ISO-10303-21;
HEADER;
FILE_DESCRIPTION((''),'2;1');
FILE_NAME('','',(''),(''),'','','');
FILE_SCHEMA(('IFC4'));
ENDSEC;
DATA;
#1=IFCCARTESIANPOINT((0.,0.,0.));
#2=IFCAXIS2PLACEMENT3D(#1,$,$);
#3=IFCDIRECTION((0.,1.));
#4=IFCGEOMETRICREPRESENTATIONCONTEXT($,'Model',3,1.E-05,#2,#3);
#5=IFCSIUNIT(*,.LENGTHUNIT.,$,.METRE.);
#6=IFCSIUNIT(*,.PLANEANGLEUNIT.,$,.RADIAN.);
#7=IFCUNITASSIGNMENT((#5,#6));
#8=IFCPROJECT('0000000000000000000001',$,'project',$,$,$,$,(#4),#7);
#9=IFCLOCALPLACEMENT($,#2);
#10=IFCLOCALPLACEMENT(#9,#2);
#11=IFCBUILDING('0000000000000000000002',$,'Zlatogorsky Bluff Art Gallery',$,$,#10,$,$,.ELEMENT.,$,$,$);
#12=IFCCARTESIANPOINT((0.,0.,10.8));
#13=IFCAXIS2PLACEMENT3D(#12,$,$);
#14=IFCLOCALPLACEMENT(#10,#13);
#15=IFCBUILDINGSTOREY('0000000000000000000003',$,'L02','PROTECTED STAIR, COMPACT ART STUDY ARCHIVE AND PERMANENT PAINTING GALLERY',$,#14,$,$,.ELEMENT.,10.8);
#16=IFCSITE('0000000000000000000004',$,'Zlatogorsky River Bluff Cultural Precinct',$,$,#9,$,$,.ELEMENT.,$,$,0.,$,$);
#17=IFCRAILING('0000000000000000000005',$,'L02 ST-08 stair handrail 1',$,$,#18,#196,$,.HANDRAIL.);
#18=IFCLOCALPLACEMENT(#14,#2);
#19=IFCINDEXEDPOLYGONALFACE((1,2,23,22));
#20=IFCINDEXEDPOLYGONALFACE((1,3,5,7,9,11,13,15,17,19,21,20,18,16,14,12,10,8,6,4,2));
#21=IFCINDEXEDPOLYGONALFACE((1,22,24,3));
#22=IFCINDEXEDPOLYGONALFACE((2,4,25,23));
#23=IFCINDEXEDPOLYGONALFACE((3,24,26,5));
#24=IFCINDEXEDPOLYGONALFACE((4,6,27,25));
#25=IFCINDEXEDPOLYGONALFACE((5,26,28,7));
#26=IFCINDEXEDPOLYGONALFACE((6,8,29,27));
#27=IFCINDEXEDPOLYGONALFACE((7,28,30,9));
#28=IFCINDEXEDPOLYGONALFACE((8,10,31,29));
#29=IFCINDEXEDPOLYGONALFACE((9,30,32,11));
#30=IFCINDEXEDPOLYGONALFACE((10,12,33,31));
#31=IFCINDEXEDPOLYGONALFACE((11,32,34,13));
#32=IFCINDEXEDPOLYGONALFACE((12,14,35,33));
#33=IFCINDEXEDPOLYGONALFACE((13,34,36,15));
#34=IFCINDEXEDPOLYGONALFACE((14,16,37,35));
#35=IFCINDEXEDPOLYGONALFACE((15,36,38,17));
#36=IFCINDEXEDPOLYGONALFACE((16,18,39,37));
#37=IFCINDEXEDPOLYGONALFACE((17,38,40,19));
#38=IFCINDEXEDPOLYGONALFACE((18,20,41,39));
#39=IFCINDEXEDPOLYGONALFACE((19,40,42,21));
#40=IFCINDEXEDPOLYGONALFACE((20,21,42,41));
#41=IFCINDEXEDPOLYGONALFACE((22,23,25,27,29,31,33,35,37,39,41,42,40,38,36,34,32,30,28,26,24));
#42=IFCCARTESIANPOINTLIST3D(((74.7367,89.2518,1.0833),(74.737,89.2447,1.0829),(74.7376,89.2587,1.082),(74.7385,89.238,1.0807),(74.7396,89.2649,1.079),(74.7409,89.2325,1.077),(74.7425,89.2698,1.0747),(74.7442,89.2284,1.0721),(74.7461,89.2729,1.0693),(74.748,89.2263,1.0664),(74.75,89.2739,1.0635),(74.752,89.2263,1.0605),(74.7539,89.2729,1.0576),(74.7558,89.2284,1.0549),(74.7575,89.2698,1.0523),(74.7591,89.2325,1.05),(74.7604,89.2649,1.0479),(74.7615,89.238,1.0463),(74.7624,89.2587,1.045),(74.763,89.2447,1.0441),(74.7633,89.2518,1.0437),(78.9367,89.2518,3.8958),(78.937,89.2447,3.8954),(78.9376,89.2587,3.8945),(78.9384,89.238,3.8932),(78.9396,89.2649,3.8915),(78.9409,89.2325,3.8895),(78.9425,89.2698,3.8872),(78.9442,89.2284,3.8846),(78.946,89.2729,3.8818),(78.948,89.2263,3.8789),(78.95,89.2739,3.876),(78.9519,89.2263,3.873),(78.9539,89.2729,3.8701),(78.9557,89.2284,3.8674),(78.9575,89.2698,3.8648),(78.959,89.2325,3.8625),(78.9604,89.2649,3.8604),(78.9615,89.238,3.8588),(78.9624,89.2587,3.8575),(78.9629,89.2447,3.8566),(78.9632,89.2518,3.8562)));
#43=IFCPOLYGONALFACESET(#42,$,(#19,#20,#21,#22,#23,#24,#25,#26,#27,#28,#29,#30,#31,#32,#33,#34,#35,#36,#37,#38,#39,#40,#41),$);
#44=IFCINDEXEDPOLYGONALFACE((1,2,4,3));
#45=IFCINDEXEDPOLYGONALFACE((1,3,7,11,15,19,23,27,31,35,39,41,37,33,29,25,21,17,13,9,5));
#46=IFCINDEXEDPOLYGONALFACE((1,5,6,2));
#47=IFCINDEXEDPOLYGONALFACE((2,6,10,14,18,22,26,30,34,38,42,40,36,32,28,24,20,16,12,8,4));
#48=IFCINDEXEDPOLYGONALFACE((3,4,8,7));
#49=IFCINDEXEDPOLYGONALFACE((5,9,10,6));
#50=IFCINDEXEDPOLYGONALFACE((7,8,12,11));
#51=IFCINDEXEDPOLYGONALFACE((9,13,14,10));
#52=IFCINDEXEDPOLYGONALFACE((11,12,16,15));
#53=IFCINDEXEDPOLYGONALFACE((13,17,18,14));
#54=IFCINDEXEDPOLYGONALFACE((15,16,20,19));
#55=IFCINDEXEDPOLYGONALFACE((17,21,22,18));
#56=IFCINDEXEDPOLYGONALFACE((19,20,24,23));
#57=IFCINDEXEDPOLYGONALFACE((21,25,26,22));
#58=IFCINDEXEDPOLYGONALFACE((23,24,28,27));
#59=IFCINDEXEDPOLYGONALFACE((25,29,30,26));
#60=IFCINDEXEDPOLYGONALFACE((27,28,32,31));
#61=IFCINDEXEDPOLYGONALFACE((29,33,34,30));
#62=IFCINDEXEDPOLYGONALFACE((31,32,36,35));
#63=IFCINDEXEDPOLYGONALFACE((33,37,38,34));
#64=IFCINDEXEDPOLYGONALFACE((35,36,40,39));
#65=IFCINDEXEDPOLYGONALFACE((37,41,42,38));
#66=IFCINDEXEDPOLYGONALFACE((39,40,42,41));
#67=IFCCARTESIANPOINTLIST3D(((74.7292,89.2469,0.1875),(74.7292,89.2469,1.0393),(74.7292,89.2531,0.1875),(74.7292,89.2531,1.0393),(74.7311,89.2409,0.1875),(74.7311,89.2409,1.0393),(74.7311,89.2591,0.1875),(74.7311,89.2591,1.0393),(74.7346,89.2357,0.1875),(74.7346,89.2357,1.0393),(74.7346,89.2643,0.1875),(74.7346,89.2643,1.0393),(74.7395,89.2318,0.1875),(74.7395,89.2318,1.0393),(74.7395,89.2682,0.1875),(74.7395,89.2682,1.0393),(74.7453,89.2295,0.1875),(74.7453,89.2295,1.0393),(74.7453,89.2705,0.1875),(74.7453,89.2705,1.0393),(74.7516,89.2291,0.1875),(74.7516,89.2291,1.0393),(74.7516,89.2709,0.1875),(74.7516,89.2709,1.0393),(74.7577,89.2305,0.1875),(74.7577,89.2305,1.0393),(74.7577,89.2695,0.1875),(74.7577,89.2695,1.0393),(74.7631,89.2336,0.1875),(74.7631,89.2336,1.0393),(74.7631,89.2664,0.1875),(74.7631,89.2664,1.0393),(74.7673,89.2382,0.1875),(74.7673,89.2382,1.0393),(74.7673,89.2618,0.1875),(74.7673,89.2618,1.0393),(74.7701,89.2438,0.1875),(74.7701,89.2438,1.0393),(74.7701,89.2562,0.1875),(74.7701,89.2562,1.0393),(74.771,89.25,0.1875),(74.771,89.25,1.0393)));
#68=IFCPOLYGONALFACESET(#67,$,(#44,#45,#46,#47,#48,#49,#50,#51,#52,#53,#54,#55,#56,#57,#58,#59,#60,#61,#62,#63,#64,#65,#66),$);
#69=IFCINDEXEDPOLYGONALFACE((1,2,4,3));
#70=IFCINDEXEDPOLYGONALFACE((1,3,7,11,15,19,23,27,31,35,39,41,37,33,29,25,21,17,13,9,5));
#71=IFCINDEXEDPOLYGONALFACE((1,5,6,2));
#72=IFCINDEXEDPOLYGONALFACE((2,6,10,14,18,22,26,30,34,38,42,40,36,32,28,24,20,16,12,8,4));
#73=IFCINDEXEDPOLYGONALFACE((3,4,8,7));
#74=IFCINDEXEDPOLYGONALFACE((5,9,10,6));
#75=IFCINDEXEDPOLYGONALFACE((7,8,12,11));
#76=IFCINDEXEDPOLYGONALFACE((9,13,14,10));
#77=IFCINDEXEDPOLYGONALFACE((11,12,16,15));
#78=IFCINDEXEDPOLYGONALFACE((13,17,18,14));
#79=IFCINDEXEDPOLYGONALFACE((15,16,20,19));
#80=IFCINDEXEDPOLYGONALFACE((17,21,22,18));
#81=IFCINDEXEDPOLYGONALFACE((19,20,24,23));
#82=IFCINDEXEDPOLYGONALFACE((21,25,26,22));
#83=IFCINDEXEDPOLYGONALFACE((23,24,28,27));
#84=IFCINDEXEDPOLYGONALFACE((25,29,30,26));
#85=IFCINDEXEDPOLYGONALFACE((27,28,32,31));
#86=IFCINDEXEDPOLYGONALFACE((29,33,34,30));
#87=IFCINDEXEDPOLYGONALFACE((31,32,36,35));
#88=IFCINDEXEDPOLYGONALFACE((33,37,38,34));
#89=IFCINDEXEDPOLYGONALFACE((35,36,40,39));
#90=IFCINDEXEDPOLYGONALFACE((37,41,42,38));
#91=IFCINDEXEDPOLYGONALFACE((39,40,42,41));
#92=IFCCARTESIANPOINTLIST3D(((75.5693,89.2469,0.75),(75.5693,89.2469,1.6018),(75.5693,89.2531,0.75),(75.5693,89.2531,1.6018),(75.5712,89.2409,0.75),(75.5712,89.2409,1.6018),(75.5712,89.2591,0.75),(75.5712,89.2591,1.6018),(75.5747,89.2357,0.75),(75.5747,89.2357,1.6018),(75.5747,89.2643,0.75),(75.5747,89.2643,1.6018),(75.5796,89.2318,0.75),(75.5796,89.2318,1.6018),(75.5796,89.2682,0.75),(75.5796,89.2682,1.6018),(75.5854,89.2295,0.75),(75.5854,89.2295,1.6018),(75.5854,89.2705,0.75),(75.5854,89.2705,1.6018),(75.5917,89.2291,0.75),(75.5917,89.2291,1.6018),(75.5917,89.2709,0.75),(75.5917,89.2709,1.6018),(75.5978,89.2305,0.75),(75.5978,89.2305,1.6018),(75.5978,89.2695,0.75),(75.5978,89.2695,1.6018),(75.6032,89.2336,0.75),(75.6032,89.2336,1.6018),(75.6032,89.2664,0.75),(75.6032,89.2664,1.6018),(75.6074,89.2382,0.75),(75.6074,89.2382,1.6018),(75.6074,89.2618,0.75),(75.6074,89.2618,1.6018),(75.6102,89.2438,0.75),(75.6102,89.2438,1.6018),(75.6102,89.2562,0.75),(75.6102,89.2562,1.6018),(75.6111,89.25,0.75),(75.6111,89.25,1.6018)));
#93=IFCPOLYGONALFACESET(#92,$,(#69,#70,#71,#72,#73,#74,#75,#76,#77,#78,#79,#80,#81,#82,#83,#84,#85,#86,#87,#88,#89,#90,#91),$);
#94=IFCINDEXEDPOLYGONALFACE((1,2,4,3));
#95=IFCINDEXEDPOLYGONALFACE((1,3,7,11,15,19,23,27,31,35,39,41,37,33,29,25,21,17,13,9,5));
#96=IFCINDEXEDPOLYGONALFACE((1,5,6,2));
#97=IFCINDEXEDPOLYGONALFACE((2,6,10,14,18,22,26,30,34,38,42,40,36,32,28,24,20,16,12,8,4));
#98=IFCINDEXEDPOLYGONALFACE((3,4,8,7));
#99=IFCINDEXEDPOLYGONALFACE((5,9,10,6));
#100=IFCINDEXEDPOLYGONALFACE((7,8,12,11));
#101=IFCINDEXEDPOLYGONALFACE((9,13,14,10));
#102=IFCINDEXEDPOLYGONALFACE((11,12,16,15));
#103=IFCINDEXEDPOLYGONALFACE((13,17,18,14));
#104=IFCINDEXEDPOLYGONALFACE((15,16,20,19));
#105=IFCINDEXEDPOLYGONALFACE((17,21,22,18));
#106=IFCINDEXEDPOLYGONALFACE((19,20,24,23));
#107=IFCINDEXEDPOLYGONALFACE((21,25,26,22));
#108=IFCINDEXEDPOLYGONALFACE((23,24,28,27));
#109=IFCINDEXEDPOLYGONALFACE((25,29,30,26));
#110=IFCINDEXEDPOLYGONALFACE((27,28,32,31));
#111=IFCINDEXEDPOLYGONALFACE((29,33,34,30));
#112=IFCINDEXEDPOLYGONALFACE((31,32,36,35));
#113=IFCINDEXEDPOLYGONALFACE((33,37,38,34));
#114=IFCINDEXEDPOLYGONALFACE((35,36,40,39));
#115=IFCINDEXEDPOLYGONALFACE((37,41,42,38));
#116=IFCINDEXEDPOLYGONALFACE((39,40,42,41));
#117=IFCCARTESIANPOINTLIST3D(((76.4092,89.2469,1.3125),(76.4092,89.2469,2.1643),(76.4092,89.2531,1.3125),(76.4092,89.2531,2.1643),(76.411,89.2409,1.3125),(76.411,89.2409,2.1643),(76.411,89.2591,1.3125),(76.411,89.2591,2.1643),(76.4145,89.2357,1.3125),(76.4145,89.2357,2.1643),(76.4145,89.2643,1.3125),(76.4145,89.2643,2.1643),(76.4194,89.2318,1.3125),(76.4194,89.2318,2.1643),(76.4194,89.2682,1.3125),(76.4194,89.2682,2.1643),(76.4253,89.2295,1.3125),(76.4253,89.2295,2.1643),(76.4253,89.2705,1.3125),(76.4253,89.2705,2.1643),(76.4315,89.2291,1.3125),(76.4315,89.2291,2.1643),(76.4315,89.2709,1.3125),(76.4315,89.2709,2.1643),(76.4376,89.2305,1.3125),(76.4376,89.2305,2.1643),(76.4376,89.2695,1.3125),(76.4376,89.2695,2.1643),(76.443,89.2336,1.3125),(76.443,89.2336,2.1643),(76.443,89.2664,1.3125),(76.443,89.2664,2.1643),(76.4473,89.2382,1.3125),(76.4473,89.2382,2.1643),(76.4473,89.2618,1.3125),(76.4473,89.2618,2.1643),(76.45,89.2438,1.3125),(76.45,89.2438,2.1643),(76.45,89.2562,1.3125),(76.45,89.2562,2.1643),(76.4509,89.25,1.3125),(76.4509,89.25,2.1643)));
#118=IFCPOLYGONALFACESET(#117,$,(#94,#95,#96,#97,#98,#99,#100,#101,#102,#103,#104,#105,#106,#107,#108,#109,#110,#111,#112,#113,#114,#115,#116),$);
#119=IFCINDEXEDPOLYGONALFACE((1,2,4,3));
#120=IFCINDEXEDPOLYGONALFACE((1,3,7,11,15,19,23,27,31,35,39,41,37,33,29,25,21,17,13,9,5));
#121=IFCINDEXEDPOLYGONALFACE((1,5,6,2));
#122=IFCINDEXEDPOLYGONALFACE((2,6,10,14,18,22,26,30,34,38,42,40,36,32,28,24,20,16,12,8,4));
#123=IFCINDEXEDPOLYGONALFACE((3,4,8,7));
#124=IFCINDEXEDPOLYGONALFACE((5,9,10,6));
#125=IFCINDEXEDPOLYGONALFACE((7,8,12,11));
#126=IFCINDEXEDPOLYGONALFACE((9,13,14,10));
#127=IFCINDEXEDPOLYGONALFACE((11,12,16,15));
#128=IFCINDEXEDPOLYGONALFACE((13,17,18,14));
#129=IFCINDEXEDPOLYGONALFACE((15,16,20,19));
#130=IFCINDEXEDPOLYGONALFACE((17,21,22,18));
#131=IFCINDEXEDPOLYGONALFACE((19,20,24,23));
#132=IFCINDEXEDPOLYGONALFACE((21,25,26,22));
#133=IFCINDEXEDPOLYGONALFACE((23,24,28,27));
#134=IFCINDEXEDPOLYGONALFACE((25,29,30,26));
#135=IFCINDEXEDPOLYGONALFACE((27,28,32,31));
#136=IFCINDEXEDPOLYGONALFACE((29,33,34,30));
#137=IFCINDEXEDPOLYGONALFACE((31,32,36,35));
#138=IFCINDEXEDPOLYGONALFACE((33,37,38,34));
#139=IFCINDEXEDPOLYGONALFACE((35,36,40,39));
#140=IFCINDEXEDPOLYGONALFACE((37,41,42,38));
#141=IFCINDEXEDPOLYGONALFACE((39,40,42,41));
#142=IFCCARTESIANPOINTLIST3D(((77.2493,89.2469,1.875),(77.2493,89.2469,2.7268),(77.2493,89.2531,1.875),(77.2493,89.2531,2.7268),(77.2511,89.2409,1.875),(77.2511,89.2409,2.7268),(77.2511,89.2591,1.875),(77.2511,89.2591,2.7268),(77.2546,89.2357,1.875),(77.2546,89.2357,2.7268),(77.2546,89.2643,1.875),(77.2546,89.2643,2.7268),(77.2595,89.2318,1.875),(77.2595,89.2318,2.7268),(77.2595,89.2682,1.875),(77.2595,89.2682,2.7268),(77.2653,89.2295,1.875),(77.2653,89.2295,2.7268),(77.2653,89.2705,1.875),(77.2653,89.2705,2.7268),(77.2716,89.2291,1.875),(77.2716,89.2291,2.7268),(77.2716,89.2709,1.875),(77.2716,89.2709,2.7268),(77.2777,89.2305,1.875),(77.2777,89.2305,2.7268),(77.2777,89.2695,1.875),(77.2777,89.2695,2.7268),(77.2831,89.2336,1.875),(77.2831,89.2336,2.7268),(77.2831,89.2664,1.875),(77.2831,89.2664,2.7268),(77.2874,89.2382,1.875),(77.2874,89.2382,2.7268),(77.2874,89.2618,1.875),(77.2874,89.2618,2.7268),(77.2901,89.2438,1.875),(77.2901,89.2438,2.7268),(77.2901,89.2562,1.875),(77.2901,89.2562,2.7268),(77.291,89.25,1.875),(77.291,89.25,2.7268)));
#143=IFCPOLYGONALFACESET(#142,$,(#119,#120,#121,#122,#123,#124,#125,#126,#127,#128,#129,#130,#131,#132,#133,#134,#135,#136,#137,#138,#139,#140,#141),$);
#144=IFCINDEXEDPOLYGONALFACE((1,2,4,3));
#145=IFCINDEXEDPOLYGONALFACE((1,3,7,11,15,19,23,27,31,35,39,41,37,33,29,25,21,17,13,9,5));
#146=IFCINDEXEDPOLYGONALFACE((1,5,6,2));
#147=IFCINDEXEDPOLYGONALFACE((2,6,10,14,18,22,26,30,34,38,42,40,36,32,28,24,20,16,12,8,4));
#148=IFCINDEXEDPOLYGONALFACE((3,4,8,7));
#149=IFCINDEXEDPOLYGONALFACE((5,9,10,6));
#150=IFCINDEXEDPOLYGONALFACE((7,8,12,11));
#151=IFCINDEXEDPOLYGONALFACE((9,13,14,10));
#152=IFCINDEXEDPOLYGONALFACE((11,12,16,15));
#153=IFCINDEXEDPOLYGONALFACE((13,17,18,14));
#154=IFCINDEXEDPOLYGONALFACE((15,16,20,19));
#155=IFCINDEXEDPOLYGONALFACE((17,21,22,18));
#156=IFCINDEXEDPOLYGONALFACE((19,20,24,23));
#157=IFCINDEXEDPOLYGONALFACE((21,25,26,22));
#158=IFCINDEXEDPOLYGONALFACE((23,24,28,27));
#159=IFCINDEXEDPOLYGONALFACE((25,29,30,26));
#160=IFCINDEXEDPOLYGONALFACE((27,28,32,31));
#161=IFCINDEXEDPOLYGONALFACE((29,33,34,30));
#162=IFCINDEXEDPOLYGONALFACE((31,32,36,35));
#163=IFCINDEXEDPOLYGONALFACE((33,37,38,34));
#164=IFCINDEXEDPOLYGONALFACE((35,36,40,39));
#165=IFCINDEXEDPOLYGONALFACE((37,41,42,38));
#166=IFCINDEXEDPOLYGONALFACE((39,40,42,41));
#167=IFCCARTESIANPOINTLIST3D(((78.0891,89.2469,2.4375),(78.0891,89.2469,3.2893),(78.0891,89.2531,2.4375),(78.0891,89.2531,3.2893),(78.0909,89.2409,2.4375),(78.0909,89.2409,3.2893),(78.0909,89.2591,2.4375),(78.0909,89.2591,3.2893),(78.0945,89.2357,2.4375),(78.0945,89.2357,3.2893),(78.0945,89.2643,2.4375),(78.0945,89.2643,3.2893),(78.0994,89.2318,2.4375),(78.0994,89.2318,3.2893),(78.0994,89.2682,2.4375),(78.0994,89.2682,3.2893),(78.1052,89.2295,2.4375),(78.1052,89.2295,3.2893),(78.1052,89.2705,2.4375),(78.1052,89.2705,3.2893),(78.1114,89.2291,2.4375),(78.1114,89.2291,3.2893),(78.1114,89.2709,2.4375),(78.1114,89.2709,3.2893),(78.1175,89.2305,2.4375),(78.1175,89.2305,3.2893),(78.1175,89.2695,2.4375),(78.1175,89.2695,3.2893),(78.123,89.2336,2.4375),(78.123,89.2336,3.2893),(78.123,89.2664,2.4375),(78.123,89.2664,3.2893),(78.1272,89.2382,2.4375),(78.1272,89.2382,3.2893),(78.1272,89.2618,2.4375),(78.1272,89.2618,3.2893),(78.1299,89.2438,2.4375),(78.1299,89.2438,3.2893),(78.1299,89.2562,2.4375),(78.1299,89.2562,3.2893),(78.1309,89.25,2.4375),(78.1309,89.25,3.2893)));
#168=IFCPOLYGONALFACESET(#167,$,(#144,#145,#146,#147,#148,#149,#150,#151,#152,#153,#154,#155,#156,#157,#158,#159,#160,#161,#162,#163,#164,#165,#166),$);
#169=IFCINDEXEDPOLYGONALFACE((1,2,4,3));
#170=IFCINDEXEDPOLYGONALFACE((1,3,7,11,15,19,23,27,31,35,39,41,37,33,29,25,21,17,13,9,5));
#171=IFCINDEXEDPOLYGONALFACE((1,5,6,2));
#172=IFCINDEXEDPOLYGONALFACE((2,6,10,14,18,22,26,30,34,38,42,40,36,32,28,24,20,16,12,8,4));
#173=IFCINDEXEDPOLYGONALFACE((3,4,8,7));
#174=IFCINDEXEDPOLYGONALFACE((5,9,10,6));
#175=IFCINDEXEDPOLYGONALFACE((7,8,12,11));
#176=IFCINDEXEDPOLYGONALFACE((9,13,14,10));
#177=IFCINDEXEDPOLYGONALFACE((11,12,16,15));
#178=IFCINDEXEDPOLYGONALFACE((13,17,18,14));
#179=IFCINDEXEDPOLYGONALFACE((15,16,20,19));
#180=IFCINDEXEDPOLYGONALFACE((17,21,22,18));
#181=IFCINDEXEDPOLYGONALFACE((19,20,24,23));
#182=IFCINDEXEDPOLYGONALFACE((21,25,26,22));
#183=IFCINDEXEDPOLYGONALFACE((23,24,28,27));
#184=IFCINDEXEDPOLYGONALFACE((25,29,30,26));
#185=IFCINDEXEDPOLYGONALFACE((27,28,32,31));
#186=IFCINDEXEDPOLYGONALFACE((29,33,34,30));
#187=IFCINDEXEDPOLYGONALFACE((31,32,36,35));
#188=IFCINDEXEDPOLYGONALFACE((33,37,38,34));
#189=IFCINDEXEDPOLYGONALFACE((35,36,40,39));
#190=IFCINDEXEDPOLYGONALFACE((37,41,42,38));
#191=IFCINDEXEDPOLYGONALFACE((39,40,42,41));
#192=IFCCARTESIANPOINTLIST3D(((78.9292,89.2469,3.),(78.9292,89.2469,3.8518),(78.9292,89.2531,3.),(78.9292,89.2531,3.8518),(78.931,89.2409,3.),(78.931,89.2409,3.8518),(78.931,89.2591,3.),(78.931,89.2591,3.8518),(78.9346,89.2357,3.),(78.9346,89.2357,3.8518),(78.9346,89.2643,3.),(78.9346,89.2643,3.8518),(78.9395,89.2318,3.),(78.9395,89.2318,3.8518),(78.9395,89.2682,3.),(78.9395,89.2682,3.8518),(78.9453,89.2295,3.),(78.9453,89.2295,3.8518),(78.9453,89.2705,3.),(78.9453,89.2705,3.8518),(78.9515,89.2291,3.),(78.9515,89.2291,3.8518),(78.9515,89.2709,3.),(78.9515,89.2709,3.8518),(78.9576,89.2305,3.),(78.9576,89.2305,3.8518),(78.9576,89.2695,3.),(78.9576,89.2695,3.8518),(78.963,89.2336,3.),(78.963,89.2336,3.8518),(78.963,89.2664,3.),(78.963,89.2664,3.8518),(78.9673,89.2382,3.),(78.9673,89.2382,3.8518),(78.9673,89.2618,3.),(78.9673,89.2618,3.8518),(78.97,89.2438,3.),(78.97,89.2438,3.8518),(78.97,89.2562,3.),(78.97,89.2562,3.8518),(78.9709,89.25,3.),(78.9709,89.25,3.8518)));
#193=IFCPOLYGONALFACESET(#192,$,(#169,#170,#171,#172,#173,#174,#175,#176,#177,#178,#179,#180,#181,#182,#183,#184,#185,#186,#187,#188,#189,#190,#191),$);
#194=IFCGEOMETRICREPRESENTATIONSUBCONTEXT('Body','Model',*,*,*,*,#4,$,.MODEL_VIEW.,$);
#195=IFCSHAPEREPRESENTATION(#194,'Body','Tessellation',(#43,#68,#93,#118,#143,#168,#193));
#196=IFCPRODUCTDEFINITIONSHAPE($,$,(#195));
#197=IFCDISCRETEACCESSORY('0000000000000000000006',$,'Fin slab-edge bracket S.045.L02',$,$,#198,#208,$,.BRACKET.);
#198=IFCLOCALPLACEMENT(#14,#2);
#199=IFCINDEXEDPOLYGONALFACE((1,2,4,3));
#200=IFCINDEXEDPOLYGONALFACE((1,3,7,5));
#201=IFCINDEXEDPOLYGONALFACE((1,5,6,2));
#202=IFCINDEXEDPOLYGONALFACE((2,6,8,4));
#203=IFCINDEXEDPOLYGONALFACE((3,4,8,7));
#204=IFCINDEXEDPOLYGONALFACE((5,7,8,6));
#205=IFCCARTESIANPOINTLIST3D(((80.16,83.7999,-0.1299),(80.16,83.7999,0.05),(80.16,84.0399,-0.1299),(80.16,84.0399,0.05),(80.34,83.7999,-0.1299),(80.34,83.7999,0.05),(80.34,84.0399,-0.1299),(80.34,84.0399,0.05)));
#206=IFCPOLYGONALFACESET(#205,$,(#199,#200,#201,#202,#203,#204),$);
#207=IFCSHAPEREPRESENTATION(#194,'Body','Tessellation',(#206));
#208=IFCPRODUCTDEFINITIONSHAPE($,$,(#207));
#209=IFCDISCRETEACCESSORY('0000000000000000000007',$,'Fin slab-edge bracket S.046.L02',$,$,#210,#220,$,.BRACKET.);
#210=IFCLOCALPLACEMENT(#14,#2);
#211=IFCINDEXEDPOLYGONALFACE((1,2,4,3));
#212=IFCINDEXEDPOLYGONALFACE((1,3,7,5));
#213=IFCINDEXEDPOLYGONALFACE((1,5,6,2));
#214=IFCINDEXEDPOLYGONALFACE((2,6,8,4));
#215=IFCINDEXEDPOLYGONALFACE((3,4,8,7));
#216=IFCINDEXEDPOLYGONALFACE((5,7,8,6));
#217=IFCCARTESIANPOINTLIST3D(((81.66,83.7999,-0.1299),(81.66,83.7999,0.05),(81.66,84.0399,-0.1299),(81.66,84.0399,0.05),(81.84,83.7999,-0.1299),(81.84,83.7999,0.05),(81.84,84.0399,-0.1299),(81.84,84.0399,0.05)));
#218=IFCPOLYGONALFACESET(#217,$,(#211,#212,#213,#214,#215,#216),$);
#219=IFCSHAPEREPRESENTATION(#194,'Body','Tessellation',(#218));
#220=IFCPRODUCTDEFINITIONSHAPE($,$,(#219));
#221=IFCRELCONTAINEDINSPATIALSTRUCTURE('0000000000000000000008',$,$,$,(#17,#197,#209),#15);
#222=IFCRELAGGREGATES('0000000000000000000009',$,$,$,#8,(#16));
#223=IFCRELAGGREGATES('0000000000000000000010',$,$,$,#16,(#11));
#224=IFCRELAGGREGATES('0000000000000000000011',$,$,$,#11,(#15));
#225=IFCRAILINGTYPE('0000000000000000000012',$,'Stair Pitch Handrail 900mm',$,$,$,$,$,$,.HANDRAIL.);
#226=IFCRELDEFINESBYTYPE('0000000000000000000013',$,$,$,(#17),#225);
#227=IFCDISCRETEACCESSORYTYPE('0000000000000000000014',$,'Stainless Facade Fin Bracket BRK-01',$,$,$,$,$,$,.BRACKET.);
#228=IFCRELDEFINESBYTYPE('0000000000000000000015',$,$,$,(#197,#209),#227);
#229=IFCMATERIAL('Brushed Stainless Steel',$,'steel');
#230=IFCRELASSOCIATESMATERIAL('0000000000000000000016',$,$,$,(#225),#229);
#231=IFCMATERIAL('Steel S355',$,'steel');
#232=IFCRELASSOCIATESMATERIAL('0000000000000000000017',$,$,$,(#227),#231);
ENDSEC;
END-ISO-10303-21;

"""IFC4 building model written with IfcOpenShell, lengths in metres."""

from ifc_helpers import new_model, si_unit, direction, frame, origin, origin_2d, place, context, subcontext, project, spatial, rectangle, circle, extrude, material, type_object, element, save


model = new_model("IFC4")

# Units and contexts
model_context = context("Model", 3, precision=1e-05, world=origin(), true_north=direction((0.0, 1.0)))
body_context = subcontext(model_context, "Body", "Model", "MODEL_VIEW")
ifc_project = project(units=[si_unit("LENGTHUNIT", "METRE"), si_unit("PLANEANGLEUNIT", "RADIAN")], contexts=[model_context])

# Site, building, storey
site_placement = place(None, origin())
site = spatial("IfcSite", under=ifc_project, at=site_placement, Name="Zlatogorsky River Bluff Cultural Precinct", CompositionType="ELEMENT", RefElevation=0.0)
building_placement = place(site_placement, origin())
building = spatial("IfcBuilding", under=site, at=building_placement, Name="Zlatogorsky Bluff Art Gallery", CompositionType="ELEMENT")
storey_placement = place(building_placement, frame((0.0, 0.0, 10.8)))
storey = spatial("IfcBuildingStorey", under=building, at=storey_placement, Name="L02", Description="PROTECTED STAIR, COMPACT ART STUDY ARCHIVE AND PERMANENT PAINTING GALLERY", CompositionType="ELEMENT", Elevation=10.8)

# Shared definitions
ifc_material_1 = material(Name="Steel S355", Category="steel")

# Railing
ifc_material_2 = material(Name="Brushed Stainless Steel", Category="steel")
railing_type_1 = type_object("IfcRailingType", Name="Stair Pitch Handrail 900mm", PredefinedType="HANDRAIL", material=ifc_material_2)
railing_1_placement = place(storey_placement, frame((74.75, 89.25, 0.1875)))
element("IfcRailing", 1, at=railing_1_placement, inside=storey, type_object=railing_type_1, Name="L02 ST-08 stair handrail 1", PredefinedType="HANDRAIL", context=body_context, shape_type="SweptSolid", body=[
    extrude(circle(Radius=0.0239, at=origin_2d()), frame((0.0, 0.0, 0.876), z_axis=(0.830904, 0.0, 0.556416), x_axis=(0.0, 1.0, 0.0)), (0.0, 0.0, 1.0), 5.0547),
    extrude(circle(Radius=0.021, at=origin_2d()), origin(), (0.0, 0.0, 1.0), 0.8518),
    extrude(circle(Radius=0.021, at=origin_2d()), frame((0.8401, 0.0, 0.5625)), (0.0, 0.0, 1.0), 0.8518),
    extrude(circle(Radius=0.021, at=origin_2d()), frame((1.6799, 0.0, 1.125)), (0.0, 0.0, 1.0), 0.8518),
    extrude(circle(Radius=0.021, at=origin_2d()), frame((2.52, 0.0, 1.6875)), (0.0, 0.0, 1.0), 0.8518),
    extrude(circle(Radius=0.021, at=origin_2d()), frame((3.3599, 0.0, 2.25)), (0.0, 0.0, 1.0), 0.8518),
    extrude(circle(Radius=0.021, at=origin_2d()), frame((4.2, 0.0, 2.8125)), (0.0, 0.0, 1.0), 0.8518),
])

# Discrete accessories
discrete_accessory_type = type_object("IfcDiscreteAccessoryType", Name="Stainless Facade Fin Bracket BRK-01", PredefinedType="BRACKET", material=ifc_material_1)
for number, where, z_axis, x_axis, name in (
    (2, (80.25, 83.9199, -0.1299), (0.0, 0.0, 1.0), (1.0, 0.0, 0.0), "Fin slab-edge bracket S.045.L02"),
    (3, (81.75, 83.9199, -0.1299), (0.0, 0.0, 1.0), (1.0, 0.0, 0.0), "Fin slab-edge bracket S.046.L02"),
):
    element("IfcDiscreteAccessory", number, at=place(storey_placement, frame(where, z_axis=z_axis, x_axis=x_axis)), inside=storey, type_object=discrete_accessory_type, Name=name, PredefinedType="BRACKET", context=body_context, shape_type="SweptSolid", body=[
        extrude(rectangle(XDim=0.1799, YDim=0.24, at=origin_2d()), origin(), (0.0, 0.0, 1.0), 0.1799),
    ])

save(model, "model.ifc")
